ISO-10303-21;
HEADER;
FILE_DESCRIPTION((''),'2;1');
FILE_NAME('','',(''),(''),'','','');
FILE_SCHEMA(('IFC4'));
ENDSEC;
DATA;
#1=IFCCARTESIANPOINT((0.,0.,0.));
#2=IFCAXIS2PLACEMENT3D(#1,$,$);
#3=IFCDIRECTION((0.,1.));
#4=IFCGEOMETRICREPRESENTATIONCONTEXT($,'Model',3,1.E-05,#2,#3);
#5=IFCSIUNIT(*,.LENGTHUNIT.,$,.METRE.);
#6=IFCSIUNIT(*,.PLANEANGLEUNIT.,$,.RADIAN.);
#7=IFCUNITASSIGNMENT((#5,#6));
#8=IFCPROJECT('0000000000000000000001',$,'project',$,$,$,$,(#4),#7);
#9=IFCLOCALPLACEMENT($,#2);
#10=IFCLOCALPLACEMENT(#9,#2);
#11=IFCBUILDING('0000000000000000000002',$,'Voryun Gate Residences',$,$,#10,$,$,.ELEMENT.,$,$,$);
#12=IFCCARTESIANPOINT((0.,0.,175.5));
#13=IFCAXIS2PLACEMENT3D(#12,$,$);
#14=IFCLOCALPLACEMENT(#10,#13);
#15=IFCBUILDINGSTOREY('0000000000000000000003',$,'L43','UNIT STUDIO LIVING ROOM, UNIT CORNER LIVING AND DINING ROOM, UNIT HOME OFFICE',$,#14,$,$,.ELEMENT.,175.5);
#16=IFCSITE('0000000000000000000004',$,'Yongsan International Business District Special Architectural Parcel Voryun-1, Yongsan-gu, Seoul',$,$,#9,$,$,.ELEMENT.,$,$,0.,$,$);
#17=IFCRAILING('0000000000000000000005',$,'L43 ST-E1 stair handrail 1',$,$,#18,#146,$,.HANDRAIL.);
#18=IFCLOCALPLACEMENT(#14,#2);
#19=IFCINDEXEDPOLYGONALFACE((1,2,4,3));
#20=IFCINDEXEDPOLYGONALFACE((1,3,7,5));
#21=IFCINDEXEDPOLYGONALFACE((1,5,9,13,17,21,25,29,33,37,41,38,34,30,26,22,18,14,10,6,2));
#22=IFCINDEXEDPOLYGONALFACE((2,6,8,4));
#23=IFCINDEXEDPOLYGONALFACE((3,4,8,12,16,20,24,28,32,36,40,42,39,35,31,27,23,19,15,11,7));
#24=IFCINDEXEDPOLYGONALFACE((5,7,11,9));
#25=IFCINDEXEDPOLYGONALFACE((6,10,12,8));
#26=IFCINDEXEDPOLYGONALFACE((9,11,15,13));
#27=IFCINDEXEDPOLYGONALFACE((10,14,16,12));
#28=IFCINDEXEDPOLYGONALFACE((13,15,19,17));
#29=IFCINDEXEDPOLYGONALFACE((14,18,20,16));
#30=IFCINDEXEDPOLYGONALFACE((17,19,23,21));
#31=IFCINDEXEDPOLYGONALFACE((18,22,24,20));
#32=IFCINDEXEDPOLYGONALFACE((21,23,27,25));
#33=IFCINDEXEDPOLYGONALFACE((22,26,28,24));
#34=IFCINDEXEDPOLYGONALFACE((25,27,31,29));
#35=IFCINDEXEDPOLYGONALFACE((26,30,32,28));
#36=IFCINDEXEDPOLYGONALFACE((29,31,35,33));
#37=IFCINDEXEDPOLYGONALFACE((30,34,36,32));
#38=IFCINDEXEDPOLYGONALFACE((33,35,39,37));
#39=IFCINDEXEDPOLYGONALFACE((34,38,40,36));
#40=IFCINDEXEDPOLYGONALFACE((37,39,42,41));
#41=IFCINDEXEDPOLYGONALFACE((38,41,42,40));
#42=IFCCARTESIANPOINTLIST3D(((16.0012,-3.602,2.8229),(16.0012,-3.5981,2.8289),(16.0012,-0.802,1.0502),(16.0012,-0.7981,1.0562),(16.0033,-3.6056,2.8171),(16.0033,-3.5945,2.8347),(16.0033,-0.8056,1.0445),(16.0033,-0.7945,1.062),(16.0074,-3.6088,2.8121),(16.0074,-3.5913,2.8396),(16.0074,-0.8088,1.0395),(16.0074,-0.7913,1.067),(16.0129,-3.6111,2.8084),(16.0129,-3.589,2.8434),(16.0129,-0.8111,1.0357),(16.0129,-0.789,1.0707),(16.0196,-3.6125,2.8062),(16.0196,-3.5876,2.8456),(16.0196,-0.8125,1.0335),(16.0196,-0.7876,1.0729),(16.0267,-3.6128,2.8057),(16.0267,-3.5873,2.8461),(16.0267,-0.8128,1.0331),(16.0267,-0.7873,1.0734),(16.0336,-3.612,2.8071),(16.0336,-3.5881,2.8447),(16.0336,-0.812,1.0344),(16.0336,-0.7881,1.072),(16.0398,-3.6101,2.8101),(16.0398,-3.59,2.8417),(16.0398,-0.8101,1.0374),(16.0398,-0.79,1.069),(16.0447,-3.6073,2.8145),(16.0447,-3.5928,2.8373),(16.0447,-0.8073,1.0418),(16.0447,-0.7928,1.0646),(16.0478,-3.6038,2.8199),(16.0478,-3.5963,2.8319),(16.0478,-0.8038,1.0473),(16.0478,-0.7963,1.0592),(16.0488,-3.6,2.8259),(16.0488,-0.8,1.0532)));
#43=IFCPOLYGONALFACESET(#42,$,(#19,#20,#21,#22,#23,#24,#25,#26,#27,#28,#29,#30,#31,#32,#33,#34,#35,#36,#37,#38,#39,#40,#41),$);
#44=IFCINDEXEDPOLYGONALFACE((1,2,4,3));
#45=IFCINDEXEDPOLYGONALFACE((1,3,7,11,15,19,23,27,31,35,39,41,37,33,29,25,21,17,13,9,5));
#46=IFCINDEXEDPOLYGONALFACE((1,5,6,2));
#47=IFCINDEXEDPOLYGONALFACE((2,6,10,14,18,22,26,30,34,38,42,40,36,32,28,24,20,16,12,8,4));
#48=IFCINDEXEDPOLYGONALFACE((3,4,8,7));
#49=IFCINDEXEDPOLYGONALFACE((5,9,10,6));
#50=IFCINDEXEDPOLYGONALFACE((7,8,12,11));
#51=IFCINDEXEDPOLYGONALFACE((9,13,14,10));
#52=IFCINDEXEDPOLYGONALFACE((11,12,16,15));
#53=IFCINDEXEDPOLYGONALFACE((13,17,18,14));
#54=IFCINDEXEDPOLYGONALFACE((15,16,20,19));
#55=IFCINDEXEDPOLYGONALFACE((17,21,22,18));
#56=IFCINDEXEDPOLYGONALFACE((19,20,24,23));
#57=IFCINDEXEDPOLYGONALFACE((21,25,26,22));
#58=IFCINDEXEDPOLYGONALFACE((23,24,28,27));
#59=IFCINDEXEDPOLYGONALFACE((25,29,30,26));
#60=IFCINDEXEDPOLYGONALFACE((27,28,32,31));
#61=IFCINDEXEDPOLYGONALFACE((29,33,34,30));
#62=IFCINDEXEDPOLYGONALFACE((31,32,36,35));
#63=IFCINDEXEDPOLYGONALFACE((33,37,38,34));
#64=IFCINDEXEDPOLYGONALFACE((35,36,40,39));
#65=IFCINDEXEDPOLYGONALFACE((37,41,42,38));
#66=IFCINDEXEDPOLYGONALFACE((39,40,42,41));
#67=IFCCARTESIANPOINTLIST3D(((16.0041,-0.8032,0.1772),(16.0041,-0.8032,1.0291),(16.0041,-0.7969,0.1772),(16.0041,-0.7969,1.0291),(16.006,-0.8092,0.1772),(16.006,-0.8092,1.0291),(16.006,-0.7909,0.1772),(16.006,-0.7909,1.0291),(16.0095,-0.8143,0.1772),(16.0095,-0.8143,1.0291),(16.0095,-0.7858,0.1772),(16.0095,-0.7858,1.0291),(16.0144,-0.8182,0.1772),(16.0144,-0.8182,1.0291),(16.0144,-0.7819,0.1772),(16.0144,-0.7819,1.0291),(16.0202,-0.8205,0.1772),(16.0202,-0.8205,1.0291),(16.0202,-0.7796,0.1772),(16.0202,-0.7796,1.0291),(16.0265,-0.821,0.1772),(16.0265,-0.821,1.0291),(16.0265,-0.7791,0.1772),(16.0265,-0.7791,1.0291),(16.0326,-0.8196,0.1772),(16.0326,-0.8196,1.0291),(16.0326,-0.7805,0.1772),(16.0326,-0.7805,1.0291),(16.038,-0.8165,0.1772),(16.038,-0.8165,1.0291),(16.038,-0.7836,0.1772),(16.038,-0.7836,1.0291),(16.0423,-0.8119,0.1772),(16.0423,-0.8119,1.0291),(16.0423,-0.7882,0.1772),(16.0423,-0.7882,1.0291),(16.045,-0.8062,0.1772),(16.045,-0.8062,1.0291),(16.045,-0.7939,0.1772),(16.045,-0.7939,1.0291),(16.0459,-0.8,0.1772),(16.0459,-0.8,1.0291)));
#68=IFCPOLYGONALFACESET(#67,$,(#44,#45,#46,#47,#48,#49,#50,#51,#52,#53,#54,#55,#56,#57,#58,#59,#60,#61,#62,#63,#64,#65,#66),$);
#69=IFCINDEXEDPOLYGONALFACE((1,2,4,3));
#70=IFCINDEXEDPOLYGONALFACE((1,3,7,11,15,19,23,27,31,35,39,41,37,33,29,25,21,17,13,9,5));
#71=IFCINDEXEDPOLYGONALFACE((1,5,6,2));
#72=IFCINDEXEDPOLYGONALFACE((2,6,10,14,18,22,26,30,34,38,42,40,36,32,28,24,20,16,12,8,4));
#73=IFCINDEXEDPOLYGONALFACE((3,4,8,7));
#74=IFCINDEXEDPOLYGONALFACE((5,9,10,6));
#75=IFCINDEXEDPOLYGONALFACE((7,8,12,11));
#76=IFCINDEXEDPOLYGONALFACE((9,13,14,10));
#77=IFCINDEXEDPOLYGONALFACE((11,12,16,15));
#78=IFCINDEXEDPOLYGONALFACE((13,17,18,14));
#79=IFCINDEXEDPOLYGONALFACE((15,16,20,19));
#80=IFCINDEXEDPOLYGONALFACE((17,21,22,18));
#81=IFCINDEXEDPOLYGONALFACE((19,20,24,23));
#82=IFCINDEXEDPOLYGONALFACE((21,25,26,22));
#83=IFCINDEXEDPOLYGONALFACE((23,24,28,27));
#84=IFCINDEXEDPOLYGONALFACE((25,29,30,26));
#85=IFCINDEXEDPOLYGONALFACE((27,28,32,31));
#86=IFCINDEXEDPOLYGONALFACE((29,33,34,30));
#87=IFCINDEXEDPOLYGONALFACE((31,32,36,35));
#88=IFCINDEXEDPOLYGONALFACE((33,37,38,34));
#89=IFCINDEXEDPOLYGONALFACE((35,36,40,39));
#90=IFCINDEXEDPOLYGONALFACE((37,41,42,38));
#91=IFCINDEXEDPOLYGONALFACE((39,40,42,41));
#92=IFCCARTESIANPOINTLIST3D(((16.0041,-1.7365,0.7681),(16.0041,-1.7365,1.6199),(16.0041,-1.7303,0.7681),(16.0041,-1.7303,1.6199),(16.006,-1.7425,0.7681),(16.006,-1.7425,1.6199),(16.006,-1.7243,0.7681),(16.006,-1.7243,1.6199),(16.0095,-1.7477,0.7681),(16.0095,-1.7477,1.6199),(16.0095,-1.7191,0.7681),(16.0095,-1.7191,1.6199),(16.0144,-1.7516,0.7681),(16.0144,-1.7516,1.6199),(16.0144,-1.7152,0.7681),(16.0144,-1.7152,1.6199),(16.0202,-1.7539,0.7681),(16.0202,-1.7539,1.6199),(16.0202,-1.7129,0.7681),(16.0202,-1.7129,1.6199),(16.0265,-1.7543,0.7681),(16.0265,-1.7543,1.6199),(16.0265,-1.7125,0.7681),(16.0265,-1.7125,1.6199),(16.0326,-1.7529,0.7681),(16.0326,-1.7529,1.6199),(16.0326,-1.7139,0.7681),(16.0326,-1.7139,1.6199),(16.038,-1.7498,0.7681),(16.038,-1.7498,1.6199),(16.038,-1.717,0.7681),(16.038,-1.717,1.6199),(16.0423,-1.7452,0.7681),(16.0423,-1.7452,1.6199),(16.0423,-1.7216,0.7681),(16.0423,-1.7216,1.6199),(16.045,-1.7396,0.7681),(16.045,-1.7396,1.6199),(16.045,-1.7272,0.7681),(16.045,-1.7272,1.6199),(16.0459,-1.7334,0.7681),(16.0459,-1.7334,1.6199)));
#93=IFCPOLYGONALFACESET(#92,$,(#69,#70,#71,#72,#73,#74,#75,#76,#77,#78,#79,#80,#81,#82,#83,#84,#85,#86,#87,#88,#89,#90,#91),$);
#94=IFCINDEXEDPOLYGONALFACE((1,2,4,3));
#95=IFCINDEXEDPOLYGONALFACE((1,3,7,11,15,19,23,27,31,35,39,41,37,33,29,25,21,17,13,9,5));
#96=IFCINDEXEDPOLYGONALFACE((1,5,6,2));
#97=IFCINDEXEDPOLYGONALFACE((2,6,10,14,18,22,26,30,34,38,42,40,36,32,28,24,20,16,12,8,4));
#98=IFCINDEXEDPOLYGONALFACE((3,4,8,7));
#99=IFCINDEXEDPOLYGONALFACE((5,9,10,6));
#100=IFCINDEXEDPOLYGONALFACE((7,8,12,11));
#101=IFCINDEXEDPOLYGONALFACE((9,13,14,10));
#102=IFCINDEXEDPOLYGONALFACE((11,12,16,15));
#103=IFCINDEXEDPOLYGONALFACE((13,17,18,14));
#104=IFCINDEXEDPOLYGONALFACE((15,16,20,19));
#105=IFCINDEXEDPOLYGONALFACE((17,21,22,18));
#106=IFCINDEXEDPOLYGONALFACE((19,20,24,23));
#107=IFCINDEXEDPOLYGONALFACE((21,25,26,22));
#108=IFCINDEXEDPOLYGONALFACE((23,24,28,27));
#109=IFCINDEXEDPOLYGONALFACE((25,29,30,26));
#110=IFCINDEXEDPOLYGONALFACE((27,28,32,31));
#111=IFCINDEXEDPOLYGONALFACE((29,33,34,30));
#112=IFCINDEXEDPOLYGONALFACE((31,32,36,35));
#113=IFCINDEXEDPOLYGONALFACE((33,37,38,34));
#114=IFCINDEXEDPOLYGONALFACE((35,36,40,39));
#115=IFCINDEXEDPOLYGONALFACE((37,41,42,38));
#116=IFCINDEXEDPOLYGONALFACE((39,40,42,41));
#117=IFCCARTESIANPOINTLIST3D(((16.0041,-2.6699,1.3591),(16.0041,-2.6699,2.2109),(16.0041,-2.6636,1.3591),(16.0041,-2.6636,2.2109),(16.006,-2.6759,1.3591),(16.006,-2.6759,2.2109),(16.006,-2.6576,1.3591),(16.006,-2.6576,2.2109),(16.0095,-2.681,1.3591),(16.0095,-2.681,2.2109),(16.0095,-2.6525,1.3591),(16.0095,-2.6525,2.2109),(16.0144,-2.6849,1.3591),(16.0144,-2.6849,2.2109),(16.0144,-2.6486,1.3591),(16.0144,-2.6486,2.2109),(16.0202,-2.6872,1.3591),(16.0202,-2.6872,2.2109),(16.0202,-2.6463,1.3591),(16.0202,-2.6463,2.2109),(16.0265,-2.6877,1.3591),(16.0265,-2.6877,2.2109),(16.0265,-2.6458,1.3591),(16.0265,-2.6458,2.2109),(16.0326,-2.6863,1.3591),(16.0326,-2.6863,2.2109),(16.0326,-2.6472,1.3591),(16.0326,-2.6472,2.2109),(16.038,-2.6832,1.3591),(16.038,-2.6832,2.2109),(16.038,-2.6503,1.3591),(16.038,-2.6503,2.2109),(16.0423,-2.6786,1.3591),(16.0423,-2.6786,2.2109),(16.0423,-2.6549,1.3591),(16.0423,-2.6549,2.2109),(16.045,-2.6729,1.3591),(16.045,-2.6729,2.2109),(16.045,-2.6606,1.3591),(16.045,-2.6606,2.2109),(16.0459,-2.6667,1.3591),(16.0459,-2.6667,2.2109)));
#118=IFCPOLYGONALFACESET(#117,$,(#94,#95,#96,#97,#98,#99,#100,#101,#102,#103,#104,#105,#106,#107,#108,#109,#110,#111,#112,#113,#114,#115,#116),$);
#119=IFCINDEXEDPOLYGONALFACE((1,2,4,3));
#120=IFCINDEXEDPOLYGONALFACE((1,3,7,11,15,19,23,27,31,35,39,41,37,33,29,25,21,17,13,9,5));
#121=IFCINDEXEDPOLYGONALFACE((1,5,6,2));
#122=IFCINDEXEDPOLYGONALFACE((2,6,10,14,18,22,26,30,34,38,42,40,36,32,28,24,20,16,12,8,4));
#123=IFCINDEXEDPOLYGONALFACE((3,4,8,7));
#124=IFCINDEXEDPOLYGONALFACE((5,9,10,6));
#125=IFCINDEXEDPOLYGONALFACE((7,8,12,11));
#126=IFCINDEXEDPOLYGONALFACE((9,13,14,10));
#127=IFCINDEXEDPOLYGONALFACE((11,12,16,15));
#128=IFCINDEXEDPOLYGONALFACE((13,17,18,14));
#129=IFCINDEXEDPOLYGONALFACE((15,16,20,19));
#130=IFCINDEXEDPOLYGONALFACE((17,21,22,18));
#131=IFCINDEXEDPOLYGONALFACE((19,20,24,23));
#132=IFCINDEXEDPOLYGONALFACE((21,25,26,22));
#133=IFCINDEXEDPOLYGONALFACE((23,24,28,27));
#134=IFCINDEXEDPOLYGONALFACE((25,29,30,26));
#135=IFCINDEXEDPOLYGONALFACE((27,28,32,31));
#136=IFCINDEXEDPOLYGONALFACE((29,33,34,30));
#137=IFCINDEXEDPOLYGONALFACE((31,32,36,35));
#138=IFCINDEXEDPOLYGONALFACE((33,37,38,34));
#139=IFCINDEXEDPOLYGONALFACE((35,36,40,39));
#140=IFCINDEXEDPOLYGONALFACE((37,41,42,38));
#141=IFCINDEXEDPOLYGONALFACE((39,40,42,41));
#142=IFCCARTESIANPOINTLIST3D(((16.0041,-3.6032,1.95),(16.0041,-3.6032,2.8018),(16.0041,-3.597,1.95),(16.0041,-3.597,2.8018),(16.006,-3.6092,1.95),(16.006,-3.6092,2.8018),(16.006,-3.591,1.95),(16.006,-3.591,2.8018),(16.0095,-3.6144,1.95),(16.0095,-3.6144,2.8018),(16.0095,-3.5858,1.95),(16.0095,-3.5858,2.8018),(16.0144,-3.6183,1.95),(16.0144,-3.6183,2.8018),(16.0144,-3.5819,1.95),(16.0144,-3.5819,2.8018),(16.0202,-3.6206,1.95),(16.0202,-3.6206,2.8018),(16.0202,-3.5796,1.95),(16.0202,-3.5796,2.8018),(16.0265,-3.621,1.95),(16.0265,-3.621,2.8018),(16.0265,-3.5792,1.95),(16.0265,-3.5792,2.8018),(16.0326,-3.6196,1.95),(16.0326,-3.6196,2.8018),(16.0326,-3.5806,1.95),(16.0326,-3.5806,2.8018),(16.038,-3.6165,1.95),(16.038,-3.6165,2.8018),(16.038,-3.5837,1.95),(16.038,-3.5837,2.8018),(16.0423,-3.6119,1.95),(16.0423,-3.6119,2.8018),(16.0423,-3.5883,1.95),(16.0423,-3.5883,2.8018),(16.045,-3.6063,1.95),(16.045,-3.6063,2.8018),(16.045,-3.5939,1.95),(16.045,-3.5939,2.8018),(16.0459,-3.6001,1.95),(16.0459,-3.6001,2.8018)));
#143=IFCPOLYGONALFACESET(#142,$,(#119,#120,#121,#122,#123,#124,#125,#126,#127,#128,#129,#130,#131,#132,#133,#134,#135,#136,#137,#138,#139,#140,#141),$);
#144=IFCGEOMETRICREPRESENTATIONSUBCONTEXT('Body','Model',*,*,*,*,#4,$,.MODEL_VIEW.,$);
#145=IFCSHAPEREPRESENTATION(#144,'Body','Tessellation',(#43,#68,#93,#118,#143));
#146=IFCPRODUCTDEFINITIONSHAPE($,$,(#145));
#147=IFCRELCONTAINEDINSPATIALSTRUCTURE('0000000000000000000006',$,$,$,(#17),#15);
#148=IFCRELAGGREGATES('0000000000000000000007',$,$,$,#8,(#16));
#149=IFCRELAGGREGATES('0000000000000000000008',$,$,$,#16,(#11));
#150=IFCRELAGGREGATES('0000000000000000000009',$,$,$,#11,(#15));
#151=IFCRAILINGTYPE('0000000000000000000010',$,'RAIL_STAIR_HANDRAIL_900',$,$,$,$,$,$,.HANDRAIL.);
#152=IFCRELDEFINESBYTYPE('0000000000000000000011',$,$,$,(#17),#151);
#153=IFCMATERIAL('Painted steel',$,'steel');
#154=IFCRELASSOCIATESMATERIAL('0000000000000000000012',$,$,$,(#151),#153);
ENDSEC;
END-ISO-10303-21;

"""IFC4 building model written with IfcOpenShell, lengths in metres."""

from ifc_helpers import new_model, si_unit, direction, frame, origin, origin_2d, place, context, subcontext, project, spatial, circle, extrude, material, type_object, element, save


model = new_model("IFC4")

# Units and contexts
model_context = context("Model", 3, precision=1e-05, world=origin(), true_north=direction((0.0, 1.0)))
body_context = subcontext(model_context, "Body", "Model", "MODEL_VIEW")
ifc_project = project(units=[si_unit("LENGTHUNIT", "METRE"), si_unit("PLANEANGLEUNIT", "RADIAN")], contexts=[model_context])

# Site, building, storey
site_placement = place(None, origin())
site = spatial("IfcSite", under=ifc_project, at=site_placement, Name="Yongsan International Business District Special Architectural Parcel Voryun-1, Yongsan-gu, Seoul", CompositionType="ELEMENT", RefElevation=0.0)
building_placement = place(site_placement, origin())
building = spatial("IfcBuilding", under=site, at=building_placement, Name="Voryun Gate Residences", CompositionType="ELEMENT")
storey_placement = place(building_placement, frame((0.0, 0.0, 175.5)))
storey = spatial("IfcBuildingStorey", under=building, at=storey_placement, Name="L43", Description="UNIT STUDIO LIVING ROOM, UNIT CORNER LIVING AND DINING ROOM, UNIT HOME OFFICE", CompositionType="ELEMENT", Elevation=175.5)

# Railing
ifc_material_1 = material(Name="Painted steel", Category="steel")
railing_type_1 = type_object("IfcRailingType", Name="RAIL_STAIR_HANDRAIL_900", PredefinedType="HANDRAIL", material=ifc_material_1)
railing_1_placement = place(storey_placement, frame((16.0249, -0.8, 0.1772)))
element("IfcRailing", 1, at=railing_1_placement, inside=storey, type_object=railing_type_1, Name="L43 ST-E1 stair handrail 1", PredefinedType="HANDRAIL", context=body_context, shape_type="SweptSolid", body=[
    extrude(circle(Radius=0.0239, at=origin_2d()), frame((0.0, 0.0, 0.876), z_axis=(0.0, -0.844909, 0.53491), x_axis=(1.0, 0.0, 0.0)), (0.0, 0.0, 1.0), 3.314),
    extrude(circle(Radius=0.021, at=origin_2d()), origin(), (0.0, 0.0, 1.0), 0.8518),
    extrude(circle(Radius=0.021, at=origin_2d()), frame((0.0, -0.9333, 0.5908)), (0.0, 0.0, 1.0), 0.8518),
    extrude(circle(Radius=0.021, at=origin_2d()), frame((0.0, -1.8667, 1.1819)), (0.0, 0.0, 1.0), 0.8518),
    extrude(circle(Radius=0.021, at=origin_2d()), frame((0.0, -2.8, 1.7727)), (0.0, 0.0, 1.0), 0.8518),
])

save(model, "model.ifc")
